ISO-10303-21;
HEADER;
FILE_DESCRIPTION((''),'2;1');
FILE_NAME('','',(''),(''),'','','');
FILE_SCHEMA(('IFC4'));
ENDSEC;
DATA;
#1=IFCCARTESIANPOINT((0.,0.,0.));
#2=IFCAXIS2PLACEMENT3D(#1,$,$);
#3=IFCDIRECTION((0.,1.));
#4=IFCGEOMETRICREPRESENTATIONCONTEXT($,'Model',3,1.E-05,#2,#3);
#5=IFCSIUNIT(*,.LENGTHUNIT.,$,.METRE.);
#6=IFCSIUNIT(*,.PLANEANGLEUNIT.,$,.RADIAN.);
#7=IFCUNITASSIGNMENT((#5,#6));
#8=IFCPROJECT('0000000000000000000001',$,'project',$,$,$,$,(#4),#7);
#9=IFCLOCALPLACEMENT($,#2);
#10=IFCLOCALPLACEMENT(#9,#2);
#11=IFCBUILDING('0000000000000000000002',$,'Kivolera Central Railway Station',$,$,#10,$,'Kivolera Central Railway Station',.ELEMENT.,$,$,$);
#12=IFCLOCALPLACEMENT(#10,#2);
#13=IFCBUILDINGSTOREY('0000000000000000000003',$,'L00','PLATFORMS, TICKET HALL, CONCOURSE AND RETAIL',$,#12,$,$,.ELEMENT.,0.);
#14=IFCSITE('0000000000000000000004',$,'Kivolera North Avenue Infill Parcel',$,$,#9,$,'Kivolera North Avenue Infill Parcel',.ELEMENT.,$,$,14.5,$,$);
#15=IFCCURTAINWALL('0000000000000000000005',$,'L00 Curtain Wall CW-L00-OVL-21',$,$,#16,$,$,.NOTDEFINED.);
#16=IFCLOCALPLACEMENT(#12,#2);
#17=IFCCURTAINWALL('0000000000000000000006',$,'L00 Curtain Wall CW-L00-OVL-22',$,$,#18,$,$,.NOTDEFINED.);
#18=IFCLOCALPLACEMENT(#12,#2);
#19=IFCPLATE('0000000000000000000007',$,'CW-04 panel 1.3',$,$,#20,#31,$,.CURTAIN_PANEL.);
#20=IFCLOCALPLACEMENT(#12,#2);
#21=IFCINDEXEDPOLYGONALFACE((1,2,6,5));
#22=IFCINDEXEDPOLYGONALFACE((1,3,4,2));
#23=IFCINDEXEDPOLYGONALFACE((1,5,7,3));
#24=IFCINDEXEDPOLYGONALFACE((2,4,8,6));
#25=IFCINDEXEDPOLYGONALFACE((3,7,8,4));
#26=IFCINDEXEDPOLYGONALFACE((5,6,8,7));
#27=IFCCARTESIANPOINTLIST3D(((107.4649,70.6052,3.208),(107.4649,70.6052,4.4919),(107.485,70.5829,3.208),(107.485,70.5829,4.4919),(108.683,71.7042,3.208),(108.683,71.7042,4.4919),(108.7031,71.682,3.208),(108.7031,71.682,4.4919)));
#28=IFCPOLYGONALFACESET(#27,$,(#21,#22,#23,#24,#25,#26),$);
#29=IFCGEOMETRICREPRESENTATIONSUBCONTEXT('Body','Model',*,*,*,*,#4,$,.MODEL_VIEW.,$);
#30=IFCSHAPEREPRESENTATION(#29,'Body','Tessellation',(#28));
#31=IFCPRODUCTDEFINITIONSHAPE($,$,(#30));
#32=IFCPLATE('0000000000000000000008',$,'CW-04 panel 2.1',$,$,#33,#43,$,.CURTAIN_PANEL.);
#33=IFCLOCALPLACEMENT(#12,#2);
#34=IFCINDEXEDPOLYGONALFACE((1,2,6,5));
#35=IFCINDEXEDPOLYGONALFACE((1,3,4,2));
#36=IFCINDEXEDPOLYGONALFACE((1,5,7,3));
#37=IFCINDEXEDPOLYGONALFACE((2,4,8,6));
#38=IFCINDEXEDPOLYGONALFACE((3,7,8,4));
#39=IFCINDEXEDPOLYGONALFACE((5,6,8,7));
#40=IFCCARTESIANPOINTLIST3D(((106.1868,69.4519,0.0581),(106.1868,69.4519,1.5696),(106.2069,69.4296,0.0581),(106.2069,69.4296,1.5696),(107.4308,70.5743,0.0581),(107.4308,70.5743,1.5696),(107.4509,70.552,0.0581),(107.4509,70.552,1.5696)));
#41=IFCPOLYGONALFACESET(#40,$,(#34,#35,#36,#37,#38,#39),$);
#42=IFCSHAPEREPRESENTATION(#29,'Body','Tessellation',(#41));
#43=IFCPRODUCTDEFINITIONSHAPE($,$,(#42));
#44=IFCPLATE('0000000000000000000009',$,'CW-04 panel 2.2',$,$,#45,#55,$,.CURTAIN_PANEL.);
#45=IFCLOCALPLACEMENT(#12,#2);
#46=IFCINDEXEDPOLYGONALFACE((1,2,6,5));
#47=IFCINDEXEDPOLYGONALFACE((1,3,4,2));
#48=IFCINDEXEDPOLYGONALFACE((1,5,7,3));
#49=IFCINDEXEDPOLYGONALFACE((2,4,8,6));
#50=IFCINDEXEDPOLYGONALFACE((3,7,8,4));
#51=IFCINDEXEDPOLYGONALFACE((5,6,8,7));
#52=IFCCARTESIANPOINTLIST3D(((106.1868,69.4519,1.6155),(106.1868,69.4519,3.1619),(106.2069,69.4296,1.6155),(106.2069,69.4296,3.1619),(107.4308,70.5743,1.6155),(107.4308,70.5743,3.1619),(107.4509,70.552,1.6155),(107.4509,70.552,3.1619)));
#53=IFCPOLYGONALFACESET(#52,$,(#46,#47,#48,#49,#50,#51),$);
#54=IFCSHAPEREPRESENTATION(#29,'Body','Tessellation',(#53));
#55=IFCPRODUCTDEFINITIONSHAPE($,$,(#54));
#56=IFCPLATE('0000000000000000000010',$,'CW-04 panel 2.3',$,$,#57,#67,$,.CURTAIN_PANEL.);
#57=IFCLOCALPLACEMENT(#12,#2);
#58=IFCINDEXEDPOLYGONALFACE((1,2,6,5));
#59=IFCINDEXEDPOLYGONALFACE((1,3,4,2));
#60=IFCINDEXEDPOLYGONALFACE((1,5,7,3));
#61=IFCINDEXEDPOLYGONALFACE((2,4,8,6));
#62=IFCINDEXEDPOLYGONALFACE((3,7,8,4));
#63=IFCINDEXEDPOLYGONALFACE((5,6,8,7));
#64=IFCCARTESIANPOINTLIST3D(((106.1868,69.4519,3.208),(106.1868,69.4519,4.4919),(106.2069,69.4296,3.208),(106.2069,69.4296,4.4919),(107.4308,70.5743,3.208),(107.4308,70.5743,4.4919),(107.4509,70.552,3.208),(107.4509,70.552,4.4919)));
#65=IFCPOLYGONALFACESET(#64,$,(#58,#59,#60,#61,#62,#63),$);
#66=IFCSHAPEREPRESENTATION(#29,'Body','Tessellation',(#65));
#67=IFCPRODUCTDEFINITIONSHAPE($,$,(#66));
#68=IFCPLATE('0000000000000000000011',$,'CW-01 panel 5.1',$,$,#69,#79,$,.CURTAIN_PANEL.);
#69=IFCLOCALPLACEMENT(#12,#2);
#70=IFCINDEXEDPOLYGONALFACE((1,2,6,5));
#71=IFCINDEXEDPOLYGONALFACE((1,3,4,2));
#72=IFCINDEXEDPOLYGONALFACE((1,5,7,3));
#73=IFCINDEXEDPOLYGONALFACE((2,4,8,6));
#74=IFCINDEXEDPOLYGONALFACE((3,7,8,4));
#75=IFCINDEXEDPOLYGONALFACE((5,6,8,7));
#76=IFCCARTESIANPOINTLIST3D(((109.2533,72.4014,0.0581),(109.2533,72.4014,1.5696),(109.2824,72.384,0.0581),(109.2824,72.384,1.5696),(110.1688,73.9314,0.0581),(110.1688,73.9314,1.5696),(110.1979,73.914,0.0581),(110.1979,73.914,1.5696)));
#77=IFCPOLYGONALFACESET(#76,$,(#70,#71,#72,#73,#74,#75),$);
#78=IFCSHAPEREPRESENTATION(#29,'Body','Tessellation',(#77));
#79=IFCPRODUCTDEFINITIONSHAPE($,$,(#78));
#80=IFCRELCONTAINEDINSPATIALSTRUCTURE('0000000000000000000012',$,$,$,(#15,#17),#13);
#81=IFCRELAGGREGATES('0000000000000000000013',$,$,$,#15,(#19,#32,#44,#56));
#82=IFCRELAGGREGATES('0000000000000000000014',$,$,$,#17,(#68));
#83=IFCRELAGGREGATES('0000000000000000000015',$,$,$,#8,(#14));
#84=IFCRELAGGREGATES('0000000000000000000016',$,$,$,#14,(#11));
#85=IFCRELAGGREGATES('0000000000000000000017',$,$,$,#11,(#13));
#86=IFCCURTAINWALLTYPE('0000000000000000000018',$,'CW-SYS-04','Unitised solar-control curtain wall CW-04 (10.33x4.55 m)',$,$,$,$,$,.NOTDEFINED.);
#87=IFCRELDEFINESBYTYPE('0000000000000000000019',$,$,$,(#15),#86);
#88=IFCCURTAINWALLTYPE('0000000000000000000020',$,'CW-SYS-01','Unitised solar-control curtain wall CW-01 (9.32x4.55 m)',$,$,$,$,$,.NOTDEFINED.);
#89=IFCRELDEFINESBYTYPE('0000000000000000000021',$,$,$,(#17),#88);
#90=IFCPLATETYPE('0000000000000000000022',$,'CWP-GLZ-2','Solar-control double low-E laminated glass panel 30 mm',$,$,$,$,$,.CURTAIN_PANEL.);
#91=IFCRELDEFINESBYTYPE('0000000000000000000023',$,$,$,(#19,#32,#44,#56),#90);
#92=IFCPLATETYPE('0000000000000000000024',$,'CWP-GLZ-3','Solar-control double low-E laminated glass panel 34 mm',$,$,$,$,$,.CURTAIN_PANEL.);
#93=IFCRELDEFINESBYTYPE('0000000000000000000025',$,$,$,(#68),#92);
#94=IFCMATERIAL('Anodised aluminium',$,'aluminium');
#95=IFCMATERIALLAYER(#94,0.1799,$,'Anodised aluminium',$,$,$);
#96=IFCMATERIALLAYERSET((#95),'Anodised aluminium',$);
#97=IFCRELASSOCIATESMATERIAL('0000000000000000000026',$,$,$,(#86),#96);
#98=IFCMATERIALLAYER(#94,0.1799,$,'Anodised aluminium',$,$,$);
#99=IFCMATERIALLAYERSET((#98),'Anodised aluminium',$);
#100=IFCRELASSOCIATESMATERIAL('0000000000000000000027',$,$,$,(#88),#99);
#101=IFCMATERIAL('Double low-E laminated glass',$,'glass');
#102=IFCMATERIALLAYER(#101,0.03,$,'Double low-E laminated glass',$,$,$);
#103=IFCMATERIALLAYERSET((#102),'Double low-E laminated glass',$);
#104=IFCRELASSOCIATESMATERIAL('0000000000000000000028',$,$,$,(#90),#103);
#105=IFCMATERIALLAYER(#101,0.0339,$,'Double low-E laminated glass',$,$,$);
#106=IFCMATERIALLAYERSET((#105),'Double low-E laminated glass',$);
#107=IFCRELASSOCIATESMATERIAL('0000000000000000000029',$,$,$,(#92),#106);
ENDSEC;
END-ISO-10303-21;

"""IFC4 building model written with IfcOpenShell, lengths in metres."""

from ifc_helpers import new_model, si_unit, direction, frame, origin, origin_2d, place, context, subcontext, project, spatial, rectangle, extrude, material, layer, layer_set, type_object, element, aggregate, save


model = new_model("IFC4")

# Units and contexts
model_context = context("Model", 3, precision=1e-05, world=origin(), true_north=direction((0.0, 1.0)))
body_context = subcontext(model_context, "Body", "Model", "MODEL_VIEW")
ifc_project = project(units=[si_unit("LENGTHUNIT", "METRE"), si_unit("PLANEANGLEUNIT", "RADIAN")], contexts=[model_context])

# Site, building, storey
site_placement = place(None, origin())
site = spatial("IfcSite", under=ifc_project, at=site_placement, Name="Kivolera North Avenue Infill Parcel", LongName="Kivolera North Avenue Infill Parcel", CompositionType="ELEMENT", RefElevation=14.5)
building_placement = place(site_placement, origin())
building = spatial("IfcBuilding", under=site, at=building_placement, Name="Kivolera Central Railway Station", LongName="Kivolera Central Railway Station", CompositionType="ELEMENT")
storey_placement = place(building_placement, origin())
storey = spatial("IfcBuildingStorey", under=building, at=storey_placement, Name="L00", Description="PLATFORMS, TICKET HALL, CONCOURSE AND RETAIL", CompositionType="ELEMENT", Elevation=0.0)

# Curtain wall
ifc_material_1 = material(Name="Anodised aluminium", Category="aluminium")
ifc_layer_1 = layer(ifc_material_1, 0.1799, Name="Anodised aluminium")
ifc_layer_set_1 = layer_set([ifc_layer_1], Name="Anodised aluminium")
curtain_wall_type_1 = type_object("IfcCurtainWallType", Name="CW-SYS-04", Description="Unitised solar-control curtain wall CW-04 (10.33x4.55 m)", PredefinedType="NOTDEFINED", material=ifc_layer_set_1)
curtain_wall_1_placement = place(storey_placement, origin())
curtain_wall_1 = element("IfcCurtainWall", 1, at=curtain_wall_1_placement, inside=storey, type_object=curtain_wall_type_1, Name="L00 Curtain Wall CW-L00-OVL-21", PredefinedType="NOTDEFINED")

# Curtain wall
ifc_layer_2 = layer(ifc_material_1, 0.1799, Name="Anodised aluminium")
ifc_layer_set_2 = layer_set([ifc_layer_2], Name="Anodised aluminium")
curtain_wall_type_2 = type_object("IfcCurtainWallType", Name="CW-SYS-01", Description="Unitised solar-control curtain wall CW-01 (9.32x4.55 m)", PredefinedType="NOTDEFINED", material=ifc_layer_set_2)
curtain_wall_2_placement = place(storey_placement, origin())
curtain_wall_2 = element("IfcCurtainWall", 2, at=curtain_wall_2_placement, inside=storey, type_object=curtain_wall_type_2, Name="L00 Curtain Wall CW-L00-OVL-22", PredefinedType="NOTDEFINED")

# Plates
ifc_material_2 = material(Name="Double low-E laminated glass", Category="glass")
ifc_layer_3 = layer(ifc_material_2, 0.03, Name="Double low-E laminated glass")
ifc_layer_set_3 = layer_set([ifc_layer_3], Name="Double low-E laminated glass")
plate_type_1 = type_object("IfcPlateType", Name="CWP-GLZ-2", Description="Solar-control double low-E laminated glass panel 30 mm", PredefinedType="CURTAIN_PANEL", material=ifc_layer_set_3)
plate_1_placement = place(storey_placement, frame((108.084, 71.1436, 3.208), z_axis=(0.0, 0.0, 1.0), x_axis=(-0.742432, -0.669922, 0.0)))
plate_1 = element("IfcPlate", 3, at=plate_1_placement, type_object=plate_type_1, Name="CW-04 panel 1.3", PredefinedType="CURTAIN_PANEL", context=body_context, shape_type="SweptSolid", body=[
    extrude(rectangle(XDim=1.6406, YDim=0.03, at=origin_2d()), origin(), (0.0, 0.0, 1.0), 1.2839),
])
plate_2_placement = place(storey_placement, frame((106.8188, 70.002, 0.0581), z_axis=(0.0, 0.0, 1.0), x_axis=(-0.742432, -0.669922, 0.0)))
plate_2 = element("IfcPlate", 4, at=plate_2_placement, type_object=plate_type_1, Name="CW-04 panel 2.1", PredefinedType="CURTAIN_PANEL", context=body_context, shape_type="SweptSolid", body=[
    extrude(rectangle(XDim=1.6755, YDim=0.03, at=origin_2d()), origin(), (0.0, 0.0, 1.0), 1.5115),
])
plate_3_placement = place(storey_placement, frame((106.8188, 70.002, 1.6155), z_axis=(0.0, 0.0, 1.0), x_axis=(-0.742432, -0.669922, 0.0)))
plate_3 = element("IfcPlate", 5, at=plate_3_placement, type_object=plate_type_1, Name="CW-04 panel 2.2", PredefinedType="CURTAIN_PANEL", context=body_context, shape_type="SweptSolid", body=[
    extrude(rectangle(XDim=1.6755, YDim=0.03, at=origin_2d()), origin(), (0.0, 0.0, 1.0), 1.5464),
])
plate_4_placement = place(storey_placement, frame((106.8188, 70.002, 3.208), z_axis=(0.0, 0.0, 1.0), x_axis=(-0.742432, -0.669922, 0.0)))
plate_4 = element("IfcPlate", 6, at=plate_4_placement, type_object=plate_type_1, Name="CW-04 panel 2.3", PredefinedType="CURTAIN_PANEL", context=body_context, shape_type="SweptSolid", body=[
    extrude(rectangle(XDim=1.6755, YDim=0.03, at=origin_2d()), origin(), (0.0, 0.0, 1.0), 1.2839),
])
aggregate(curtain_wall_1, [plate_1, plate_2, plate_3, plate_4])
ifc_layer_4 = layer(ifc_material_2, 0.0339, Name="Double low-E laminated glass")
ifc_layer_set_4 = layer_set([ifc_layer_4], Name="Double low-E laminated glass")
plate_type_2 = type_object("IfcPlateType", Name="CWP-GLZ-3", Description="Solar-control double low-E laminated glass panel 34 mm", PredefinedType="CURTAIN_PANEL", material=ifc_layer_set_4)
plate_5_placement = place(storey_placement, frame((109.7256, 73.1577, 0.0581), z_axis=(0.0, 0.0, 1.0), x_axis=(-0.513454, -0.858117, 0.0)))
plate_5 = element("IfcPlate", 7, at=plate_5_placement, type_object=plate_type_2, Name="CW-01 panel 5.1", PredefinedType="CURTAIN_PANEL", context=body_context, shape_type="SweptSolid", body=[
    extrude(rectangle(XDim=1.783, YDim=0.0339, at=origin_2d()), origin(), (0.0, 0.0, 1.0), 1.5115),
])
aggregate(curtain_wall_2, [plate_5])

save(model, "model.ifc")
